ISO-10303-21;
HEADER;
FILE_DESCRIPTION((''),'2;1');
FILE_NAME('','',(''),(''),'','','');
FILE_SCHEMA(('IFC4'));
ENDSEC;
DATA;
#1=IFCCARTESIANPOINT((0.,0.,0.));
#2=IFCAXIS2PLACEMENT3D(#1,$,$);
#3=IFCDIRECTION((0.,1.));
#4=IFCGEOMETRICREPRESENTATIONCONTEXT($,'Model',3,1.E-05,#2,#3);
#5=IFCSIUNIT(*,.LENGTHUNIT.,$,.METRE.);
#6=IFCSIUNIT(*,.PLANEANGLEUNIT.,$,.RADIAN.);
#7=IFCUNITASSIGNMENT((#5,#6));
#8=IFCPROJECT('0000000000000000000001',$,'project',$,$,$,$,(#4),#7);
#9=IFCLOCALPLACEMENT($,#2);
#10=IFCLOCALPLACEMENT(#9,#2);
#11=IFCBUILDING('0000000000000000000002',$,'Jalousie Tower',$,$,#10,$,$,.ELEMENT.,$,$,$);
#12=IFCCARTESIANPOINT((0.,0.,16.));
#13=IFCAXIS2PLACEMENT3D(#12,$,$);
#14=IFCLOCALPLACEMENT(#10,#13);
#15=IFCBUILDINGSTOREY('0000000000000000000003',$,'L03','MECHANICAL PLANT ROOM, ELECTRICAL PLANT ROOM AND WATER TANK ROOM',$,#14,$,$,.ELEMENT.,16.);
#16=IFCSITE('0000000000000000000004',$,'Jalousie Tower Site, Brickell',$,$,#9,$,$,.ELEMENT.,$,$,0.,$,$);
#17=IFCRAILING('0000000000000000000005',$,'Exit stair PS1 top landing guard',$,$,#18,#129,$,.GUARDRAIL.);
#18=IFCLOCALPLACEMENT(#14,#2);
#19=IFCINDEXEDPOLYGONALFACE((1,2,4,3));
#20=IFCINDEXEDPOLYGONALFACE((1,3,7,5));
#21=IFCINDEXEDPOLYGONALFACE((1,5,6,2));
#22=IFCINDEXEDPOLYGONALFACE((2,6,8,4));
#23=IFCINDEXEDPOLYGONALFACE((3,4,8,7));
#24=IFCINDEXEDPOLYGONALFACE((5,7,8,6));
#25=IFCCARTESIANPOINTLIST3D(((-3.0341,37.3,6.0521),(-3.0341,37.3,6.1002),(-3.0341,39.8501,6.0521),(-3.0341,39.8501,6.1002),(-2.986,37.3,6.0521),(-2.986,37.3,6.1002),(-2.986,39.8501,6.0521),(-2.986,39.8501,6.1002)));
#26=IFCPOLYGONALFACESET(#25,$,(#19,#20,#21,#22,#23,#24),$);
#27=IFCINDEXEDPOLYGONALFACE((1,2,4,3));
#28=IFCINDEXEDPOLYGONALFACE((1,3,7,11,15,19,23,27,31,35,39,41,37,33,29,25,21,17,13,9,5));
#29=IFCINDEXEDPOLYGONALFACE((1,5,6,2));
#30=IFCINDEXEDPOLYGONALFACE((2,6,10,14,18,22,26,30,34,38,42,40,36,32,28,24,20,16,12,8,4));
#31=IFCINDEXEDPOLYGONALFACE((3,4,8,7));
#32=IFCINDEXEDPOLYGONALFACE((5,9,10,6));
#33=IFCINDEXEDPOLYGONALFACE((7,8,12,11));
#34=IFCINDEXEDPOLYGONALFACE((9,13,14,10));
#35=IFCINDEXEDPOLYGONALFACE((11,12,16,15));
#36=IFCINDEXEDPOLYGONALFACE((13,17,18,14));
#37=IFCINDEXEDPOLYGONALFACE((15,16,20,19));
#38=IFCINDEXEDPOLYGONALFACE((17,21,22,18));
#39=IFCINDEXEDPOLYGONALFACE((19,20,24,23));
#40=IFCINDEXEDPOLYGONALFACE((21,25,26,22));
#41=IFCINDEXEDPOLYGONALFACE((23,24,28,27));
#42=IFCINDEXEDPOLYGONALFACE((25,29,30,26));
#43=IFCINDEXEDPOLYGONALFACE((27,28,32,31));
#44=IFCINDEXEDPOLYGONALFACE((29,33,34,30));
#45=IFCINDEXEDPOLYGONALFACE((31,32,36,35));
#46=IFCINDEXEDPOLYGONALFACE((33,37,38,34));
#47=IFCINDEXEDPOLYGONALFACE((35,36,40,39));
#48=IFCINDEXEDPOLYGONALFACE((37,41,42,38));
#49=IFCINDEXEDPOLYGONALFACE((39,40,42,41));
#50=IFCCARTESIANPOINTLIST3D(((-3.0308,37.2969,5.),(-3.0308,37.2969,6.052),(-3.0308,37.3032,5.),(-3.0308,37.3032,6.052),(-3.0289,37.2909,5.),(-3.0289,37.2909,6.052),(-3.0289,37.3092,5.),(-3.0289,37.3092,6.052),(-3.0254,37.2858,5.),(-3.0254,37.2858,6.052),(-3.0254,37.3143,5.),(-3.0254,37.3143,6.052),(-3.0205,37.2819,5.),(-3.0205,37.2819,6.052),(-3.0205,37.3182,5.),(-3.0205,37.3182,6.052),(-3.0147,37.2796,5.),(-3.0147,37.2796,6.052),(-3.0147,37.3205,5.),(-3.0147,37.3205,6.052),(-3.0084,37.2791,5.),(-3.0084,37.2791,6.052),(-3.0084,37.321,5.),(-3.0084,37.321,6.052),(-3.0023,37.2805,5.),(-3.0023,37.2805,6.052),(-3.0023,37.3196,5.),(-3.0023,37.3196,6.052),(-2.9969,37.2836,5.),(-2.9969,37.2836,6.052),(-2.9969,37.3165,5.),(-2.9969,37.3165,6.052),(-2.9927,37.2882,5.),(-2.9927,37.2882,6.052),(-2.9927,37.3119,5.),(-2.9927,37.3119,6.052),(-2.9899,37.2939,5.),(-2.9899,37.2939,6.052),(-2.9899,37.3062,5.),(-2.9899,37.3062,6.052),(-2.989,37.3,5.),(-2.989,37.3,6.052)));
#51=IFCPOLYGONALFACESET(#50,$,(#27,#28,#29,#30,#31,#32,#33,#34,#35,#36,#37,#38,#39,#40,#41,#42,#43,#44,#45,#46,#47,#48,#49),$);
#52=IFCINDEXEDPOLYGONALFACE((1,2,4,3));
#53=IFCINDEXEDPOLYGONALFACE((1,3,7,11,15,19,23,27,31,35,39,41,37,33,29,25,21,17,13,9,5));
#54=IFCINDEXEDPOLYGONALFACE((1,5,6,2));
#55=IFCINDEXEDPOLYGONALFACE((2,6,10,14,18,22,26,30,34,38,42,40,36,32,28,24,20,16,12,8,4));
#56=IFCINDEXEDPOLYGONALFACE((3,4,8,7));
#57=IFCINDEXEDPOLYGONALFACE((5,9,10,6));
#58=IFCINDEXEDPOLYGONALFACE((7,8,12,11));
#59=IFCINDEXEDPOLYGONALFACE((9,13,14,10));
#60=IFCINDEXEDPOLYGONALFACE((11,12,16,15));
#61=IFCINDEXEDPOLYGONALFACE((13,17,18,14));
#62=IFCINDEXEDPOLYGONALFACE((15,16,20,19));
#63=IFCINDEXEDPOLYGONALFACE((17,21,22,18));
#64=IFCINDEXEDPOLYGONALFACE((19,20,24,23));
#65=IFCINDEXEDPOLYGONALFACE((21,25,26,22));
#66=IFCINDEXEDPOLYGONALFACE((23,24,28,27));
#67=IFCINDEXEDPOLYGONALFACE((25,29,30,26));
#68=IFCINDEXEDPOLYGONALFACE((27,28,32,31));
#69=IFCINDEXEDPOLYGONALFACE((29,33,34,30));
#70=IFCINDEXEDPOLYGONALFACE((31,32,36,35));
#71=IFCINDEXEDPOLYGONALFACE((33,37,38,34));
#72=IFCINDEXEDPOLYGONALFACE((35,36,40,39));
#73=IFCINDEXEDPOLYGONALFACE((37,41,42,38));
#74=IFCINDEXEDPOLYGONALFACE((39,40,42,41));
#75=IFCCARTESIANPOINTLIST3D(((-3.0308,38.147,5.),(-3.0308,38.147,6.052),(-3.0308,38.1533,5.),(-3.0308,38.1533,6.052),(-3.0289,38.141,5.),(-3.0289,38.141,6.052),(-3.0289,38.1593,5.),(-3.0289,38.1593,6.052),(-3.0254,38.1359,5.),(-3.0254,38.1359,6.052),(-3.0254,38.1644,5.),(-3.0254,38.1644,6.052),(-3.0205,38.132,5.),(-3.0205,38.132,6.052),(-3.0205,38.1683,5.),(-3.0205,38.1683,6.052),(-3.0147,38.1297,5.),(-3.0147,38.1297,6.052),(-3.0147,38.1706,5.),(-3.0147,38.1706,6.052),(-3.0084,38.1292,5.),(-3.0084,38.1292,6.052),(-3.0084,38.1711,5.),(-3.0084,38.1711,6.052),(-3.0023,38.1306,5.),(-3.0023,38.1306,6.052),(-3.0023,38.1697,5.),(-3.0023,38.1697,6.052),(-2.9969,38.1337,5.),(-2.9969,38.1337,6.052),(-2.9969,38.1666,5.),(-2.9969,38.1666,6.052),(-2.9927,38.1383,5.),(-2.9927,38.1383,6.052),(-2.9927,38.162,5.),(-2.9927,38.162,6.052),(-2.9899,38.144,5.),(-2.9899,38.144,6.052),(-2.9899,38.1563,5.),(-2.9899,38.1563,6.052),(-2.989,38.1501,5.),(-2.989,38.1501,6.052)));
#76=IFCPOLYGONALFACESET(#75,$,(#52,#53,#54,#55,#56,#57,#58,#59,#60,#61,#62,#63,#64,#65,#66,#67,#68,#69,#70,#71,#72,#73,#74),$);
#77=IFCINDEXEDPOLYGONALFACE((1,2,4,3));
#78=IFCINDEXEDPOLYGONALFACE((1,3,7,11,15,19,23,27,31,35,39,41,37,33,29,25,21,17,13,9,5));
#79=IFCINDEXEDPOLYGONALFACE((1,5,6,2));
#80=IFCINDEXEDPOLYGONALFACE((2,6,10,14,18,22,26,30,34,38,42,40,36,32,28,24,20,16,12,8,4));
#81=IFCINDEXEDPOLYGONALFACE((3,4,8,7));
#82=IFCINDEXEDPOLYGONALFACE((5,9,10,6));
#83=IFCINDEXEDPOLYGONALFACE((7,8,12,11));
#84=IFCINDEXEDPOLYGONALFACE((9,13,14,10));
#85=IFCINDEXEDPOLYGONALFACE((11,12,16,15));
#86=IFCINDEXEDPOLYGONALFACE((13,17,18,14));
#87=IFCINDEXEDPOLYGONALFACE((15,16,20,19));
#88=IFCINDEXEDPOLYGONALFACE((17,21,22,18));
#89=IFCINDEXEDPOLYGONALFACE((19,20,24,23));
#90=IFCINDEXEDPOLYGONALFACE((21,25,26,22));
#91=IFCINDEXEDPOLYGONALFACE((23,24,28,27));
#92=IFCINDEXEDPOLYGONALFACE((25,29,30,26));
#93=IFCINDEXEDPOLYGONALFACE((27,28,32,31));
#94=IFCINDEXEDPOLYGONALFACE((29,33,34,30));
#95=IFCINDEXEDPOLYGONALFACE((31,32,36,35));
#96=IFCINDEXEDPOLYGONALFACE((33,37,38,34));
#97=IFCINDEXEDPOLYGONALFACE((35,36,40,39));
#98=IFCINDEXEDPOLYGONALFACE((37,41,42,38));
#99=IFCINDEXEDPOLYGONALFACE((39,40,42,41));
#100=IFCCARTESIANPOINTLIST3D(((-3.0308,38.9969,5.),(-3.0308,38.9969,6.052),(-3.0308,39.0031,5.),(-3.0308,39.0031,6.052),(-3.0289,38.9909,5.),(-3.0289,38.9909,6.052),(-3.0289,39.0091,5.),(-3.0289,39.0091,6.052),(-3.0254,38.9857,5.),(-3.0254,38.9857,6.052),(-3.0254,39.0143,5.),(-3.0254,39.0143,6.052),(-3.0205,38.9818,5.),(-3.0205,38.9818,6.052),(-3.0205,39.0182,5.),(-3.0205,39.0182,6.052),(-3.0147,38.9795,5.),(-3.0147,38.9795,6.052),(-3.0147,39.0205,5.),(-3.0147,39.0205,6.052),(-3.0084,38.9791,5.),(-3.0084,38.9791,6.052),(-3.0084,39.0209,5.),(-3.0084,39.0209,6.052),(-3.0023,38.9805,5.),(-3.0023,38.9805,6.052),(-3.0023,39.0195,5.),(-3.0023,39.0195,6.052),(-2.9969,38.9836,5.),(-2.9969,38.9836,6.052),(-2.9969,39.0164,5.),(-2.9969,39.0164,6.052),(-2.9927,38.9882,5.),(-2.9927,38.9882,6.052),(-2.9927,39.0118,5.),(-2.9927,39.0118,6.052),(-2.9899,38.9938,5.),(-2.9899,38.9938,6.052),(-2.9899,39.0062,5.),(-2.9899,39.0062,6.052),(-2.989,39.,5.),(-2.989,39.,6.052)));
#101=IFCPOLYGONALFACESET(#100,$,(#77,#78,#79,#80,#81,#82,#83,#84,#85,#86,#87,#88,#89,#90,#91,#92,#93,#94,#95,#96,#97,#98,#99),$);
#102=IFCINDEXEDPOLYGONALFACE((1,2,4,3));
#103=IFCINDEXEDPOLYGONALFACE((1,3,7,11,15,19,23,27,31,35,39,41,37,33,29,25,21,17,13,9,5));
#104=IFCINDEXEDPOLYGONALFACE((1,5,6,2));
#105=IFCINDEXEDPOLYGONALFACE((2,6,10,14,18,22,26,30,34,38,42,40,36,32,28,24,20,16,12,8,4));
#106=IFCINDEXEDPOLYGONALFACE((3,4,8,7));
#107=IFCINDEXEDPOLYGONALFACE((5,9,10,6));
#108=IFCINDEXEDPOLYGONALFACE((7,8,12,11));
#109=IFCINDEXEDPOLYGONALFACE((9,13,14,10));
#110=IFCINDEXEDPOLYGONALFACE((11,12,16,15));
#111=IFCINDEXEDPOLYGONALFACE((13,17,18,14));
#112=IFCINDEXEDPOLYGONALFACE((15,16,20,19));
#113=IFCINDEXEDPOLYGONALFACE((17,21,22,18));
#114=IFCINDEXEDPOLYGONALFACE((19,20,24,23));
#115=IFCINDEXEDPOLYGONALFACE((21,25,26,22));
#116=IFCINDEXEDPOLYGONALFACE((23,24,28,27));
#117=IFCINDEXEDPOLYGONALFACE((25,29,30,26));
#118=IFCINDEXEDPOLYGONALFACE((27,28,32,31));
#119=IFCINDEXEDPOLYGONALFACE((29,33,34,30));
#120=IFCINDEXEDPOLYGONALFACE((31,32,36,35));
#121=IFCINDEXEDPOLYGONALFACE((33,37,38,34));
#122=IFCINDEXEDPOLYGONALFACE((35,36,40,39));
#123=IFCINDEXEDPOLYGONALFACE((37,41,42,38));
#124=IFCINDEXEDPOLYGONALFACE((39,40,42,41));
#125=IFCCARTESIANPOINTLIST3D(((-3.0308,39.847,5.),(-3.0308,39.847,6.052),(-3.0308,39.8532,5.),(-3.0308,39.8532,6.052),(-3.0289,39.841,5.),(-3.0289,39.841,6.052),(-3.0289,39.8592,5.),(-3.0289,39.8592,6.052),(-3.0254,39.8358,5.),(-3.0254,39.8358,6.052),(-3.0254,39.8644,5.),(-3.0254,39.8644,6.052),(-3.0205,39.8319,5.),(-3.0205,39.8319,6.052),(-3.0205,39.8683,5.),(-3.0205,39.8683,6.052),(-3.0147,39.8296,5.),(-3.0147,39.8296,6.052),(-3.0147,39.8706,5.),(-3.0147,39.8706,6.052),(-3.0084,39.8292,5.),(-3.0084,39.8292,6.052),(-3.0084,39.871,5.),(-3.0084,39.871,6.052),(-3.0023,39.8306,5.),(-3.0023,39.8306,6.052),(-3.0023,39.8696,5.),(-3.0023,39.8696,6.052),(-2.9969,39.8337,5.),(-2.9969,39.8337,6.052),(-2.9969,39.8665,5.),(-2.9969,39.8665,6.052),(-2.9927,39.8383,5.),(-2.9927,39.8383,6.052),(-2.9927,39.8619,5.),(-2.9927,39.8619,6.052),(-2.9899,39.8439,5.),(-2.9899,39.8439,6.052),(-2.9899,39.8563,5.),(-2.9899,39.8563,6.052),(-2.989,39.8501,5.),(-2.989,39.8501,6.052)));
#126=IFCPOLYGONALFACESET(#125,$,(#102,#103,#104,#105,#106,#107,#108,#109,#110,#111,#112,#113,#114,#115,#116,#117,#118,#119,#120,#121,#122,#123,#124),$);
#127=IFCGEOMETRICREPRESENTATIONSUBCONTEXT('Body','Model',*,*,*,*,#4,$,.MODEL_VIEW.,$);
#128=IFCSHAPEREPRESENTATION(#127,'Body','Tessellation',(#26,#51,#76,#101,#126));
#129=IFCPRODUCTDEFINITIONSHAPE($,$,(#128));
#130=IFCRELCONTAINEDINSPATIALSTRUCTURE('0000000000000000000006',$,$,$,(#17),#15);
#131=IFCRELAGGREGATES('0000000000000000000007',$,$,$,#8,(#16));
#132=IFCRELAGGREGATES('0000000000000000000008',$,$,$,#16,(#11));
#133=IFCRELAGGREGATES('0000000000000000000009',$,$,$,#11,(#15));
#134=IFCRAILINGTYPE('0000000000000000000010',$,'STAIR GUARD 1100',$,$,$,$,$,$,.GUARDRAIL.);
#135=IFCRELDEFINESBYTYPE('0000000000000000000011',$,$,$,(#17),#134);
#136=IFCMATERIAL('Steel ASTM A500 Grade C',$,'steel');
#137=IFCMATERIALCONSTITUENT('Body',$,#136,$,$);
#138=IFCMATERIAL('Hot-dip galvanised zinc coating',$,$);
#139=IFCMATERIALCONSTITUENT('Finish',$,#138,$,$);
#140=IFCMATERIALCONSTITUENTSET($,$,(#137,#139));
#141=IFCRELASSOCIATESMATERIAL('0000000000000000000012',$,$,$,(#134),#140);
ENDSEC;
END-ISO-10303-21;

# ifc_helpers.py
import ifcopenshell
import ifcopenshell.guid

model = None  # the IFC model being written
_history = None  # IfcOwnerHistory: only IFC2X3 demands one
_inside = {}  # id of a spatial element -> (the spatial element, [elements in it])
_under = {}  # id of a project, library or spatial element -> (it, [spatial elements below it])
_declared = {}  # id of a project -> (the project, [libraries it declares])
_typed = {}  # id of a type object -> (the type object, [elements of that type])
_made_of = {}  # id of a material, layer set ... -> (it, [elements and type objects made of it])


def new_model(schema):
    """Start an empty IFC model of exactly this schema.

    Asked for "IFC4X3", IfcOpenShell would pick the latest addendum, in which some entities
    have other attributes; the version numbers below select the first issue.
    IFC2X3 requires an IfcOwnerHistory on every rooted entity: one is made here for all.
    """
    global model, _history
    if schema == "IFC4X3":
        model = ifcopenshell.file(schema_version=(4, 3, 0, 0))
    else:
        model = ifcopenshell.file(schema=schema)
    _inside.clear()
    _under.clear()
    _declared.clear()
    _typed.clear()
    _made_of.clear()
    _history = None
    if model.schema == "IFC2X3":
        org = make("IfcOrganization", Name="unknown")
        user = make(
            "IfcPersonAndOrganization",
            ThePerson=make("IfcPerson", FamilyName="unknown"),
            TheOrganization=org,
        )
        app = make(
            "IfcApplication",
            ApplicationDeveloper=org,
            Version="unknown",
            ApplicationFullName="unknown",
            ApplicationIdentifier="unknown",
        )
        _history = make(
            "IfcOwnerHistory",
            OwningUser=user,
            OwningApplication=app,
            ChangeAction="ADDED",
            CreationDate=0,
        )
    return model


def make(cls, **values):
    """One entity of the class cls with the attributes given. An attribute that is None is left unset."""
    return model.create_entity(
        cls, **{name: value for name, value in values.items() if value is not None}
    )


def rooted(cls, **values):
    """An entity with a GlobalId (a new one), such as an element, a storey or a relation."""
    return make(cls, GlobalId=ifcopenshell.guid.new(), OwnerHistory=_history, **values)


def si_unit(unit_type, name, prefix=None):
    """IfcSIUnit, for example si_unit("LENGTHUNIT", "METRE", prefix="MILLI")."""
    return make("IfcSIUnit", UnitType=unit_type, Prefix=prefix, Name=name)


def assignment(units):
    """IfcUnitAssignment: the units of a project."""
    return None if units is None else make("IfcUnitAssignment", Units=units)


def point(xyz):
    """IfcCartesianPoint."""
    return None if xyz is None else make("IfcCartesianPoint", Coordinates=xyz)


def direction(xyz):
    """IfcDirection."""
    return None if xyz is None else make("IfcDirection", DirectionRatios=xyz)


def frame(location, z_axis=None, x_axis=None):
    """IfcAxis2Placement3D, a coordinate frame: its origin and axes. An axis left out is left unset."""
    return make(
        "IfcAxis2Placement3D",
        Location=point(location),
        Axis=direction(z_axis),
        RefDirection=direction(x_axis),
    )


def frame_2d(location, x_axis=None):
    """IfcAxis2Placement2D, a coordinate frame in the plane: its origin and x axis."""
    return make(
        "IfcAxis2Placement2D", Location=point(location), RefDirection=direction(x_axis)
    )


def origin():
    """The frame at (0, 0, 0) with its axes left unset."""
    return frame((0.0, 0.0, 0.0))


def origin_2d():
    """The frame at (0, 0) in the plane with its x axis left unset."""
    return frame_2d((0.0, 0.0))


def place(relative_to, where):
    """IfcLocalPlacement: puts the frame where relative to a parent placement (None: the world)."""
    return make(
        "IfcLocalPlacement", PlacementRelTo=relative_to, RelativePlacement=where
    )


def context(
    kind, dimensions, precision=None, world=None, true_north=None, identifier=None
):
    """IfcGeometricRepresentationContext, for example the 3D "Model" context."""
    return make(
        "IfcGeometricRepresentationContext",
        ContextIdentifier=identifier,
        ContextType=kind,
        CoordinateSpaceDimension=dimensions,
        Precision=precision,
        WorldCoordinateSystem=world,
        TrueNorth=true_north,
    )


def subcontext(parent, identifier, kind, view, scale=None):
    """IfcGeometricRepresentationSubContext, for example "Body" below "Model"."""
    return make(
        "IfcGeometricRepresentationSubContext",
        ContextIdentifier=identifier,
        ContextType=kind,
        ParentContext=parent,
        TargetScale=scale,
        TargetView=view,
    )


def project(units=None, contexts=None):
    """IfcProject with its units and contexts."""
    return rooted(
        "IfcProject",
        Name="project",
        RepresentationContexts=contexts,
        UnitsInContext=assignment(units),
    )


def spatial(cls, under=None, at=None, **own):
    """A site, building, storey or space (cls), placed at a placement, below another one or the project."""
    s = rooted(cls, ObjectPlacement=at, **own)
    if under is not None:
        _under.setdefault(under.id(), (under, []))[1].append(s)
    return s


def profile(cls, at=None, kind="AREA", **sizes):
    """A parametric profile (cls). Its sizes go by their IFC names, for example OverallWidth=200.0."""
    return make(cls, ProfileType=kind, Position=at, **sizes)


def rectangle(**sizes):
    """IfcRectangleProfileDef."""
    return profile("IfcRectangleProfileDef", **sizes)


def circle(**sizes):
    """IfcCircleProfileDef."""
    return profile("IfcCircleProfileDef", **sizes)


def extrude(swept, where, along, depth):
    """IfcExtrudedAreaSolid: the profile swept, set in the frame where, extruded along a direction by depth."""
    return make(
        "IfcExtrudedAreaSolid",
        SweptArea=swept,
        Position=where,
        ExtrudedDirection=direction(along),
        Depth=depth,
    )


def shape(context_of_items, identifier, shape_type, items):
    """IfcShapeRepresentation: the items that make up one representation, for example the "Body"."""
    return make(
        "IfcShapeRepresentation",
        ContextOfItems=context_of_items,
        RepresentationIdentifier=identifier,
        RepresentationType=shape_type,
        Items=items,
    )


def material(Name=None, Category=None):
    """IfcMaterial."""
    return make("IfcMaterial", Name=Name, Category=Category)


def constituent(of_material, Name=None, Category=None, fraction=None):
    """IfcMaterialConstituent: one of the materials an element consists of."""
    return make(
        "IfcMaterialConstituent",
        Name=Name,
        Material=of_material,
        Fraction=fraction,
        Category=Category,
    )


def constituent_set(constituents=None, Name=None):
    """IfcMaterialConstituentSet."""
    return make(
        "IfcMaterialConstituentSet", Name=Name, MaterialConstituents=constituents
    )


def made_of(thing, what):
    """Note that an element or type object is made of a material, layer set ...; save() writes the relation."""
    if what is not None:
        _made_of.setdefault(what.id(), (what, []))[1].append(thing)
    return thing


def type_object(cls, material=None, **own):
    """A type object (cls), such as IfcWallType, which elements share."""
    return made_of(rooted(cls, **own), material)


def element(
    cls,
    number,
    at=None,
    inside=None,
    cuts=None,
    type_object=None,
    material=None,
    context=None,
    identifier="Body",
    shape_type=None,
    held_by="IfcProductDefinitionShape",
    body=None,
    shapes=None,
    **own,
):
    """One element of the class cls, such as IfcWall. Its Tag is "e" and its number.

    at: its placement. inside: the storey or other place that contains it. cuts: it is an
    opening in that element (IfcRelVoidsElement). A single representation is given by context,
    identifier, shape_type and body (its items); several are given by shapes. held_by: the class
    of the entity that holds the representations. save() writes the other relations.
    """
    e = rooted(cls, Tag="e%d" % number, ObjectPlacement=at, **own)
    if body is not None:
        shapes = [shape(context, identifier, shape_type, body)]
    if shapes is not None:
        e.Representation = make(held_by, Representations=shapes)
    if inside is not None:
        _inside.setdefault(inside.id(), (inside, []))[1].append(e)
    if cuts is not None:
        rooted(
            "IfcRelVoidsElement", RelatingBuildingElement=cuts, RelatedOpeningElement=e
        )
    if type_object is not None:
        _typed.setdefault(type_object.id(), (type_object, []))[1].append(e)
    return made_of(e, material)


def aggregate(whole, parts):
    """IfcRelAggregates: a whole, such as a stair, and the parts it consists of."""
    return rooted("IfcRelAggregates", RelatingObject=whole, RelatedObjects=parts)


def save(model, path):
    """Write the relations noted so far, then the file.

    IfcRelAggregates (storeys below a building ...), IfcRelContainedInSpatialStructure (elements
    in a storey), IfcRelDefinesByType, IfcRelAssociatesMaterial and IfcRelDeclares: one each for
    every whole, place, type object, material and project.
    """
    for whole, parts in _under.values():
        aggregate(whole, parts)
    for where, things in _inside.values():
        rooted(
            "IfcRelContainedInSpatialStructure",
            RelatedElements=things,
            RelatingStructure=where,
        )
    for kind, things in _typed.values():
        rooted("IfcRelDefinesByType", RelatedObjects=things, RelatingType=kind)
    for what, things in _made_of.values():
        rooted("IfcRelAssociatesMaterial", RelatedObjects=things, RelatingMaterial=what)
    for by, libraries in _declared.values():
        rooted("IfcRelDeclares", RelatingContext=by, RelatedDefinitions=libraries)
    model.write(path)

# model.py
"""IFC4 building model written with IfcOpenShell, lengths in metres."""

from ifc_helpers import new_model, si_unit, direction, frame, origin, origin_2d, place, context, subcontext, project, spatial, rectangle, circle, extrude, material, constituent, constituent_set, type_object, element, save


model = new_model("IFC4")

# Units and contexts
model_context = context("Model", 3, precision=1e-05, world=origin(), true_north=direction((0.0, 1.0)))
body_context = subcontext(model_context, "Body", "Model", "MODEL_VIEW")
ifc_project = project(units=[si_unit("LENGTHUNIT", "METRE"), si_unit("PLANEANGLEUNIT", "RADIAN")], contexts=[model_context])

# Site, building, storey
site_placement = place(None, origin())
site = spatial("IfcSite", under=ifc_project, at=site_placement, Name="Jalousie Tower Site, Brickell", CompositionType="ELEMENT", RefElevation=0.0)
building_placement = place(site_placement, origin())
building = spatial("IfcBuilding", under=site, at=building_placement, Name="Jalousie Tower", CompositionType="ELEMENT")
storey_placement = place(building_placement, frame((0.0, 0.0, 16.0)))
storey = spatial("IfcBuildingStorey", under=building, at=storey_placement, Name="L03", Description="MECHANICAL PLANT ROOM, ELECTRICAL PLANT ROOM AND WATER TANK ROOM", CompositionType="ELEMENT", Elevation=16.0)

# Railing
ifc_material_1 = material(Name="Steel ASTM A500 Grade C", Category="steel")
ifc_constituent_1 = constituent(ifc_material_1, Name="Body")
ifc_material_2 = material(Name="Hot-dip galvanised zinc coating")
ifc_constituent_2 = constituent(ifc_material_2, Name="Finish")
ifc_constituent_set_1 = constituent_set(constituents=[ifc_constituent_1, ifc_constituent_2])
railing_type = type_object("IfcRailingType", Name="STAIR GUARD 1100", PredefinedType="GUARDRAIL", material=ifc_constituent_set_1)
railing_placement = place(storey_placement, frame((-3.01, 37.3, 5.0)))
element("IfcRailing", 1, at=railing_placement, inside=storey, type_object=railing_type, Name="Exit stair PS1 top landing guard", PredefinedType="GUARDRAIL", context=body_context, shape_type="SweptSolid", body=[
    extrude(rectangle(XDim=0.0481, YDim=0.0481, at=origin_2d()), frame((0.0, 0.0, 1.0762), z_axis=(0.0, 1.0, 0.0), x_axis=(-1.0, 0.0, 0.0)), (0.0, 0.0, 1.0), 2.55),
    extrude(circle(Radius=0.021, at=origin_2d()), origin(), (0.0, 0.0, 1.0), 1.052),
    extrude(circle(Radius=0.021, at=origin_2d()), frame((0.0, 0.8501, 0.0)), (0.0, 0.0, 1.0), 1.052),
    extrude(circle(Radius=0.021, at=origin_2d()), frame((0.0, 1.7, 0.0)), (0.0, 0.0, 1.0), 1.052),
    extrude(circle(Radius=0.021, at=origin_2d()), frame((0.0, 2.55, 0.0)), (0.0, 0.0, 1.0), 1.052),
])

save(model, "model.ifc")
